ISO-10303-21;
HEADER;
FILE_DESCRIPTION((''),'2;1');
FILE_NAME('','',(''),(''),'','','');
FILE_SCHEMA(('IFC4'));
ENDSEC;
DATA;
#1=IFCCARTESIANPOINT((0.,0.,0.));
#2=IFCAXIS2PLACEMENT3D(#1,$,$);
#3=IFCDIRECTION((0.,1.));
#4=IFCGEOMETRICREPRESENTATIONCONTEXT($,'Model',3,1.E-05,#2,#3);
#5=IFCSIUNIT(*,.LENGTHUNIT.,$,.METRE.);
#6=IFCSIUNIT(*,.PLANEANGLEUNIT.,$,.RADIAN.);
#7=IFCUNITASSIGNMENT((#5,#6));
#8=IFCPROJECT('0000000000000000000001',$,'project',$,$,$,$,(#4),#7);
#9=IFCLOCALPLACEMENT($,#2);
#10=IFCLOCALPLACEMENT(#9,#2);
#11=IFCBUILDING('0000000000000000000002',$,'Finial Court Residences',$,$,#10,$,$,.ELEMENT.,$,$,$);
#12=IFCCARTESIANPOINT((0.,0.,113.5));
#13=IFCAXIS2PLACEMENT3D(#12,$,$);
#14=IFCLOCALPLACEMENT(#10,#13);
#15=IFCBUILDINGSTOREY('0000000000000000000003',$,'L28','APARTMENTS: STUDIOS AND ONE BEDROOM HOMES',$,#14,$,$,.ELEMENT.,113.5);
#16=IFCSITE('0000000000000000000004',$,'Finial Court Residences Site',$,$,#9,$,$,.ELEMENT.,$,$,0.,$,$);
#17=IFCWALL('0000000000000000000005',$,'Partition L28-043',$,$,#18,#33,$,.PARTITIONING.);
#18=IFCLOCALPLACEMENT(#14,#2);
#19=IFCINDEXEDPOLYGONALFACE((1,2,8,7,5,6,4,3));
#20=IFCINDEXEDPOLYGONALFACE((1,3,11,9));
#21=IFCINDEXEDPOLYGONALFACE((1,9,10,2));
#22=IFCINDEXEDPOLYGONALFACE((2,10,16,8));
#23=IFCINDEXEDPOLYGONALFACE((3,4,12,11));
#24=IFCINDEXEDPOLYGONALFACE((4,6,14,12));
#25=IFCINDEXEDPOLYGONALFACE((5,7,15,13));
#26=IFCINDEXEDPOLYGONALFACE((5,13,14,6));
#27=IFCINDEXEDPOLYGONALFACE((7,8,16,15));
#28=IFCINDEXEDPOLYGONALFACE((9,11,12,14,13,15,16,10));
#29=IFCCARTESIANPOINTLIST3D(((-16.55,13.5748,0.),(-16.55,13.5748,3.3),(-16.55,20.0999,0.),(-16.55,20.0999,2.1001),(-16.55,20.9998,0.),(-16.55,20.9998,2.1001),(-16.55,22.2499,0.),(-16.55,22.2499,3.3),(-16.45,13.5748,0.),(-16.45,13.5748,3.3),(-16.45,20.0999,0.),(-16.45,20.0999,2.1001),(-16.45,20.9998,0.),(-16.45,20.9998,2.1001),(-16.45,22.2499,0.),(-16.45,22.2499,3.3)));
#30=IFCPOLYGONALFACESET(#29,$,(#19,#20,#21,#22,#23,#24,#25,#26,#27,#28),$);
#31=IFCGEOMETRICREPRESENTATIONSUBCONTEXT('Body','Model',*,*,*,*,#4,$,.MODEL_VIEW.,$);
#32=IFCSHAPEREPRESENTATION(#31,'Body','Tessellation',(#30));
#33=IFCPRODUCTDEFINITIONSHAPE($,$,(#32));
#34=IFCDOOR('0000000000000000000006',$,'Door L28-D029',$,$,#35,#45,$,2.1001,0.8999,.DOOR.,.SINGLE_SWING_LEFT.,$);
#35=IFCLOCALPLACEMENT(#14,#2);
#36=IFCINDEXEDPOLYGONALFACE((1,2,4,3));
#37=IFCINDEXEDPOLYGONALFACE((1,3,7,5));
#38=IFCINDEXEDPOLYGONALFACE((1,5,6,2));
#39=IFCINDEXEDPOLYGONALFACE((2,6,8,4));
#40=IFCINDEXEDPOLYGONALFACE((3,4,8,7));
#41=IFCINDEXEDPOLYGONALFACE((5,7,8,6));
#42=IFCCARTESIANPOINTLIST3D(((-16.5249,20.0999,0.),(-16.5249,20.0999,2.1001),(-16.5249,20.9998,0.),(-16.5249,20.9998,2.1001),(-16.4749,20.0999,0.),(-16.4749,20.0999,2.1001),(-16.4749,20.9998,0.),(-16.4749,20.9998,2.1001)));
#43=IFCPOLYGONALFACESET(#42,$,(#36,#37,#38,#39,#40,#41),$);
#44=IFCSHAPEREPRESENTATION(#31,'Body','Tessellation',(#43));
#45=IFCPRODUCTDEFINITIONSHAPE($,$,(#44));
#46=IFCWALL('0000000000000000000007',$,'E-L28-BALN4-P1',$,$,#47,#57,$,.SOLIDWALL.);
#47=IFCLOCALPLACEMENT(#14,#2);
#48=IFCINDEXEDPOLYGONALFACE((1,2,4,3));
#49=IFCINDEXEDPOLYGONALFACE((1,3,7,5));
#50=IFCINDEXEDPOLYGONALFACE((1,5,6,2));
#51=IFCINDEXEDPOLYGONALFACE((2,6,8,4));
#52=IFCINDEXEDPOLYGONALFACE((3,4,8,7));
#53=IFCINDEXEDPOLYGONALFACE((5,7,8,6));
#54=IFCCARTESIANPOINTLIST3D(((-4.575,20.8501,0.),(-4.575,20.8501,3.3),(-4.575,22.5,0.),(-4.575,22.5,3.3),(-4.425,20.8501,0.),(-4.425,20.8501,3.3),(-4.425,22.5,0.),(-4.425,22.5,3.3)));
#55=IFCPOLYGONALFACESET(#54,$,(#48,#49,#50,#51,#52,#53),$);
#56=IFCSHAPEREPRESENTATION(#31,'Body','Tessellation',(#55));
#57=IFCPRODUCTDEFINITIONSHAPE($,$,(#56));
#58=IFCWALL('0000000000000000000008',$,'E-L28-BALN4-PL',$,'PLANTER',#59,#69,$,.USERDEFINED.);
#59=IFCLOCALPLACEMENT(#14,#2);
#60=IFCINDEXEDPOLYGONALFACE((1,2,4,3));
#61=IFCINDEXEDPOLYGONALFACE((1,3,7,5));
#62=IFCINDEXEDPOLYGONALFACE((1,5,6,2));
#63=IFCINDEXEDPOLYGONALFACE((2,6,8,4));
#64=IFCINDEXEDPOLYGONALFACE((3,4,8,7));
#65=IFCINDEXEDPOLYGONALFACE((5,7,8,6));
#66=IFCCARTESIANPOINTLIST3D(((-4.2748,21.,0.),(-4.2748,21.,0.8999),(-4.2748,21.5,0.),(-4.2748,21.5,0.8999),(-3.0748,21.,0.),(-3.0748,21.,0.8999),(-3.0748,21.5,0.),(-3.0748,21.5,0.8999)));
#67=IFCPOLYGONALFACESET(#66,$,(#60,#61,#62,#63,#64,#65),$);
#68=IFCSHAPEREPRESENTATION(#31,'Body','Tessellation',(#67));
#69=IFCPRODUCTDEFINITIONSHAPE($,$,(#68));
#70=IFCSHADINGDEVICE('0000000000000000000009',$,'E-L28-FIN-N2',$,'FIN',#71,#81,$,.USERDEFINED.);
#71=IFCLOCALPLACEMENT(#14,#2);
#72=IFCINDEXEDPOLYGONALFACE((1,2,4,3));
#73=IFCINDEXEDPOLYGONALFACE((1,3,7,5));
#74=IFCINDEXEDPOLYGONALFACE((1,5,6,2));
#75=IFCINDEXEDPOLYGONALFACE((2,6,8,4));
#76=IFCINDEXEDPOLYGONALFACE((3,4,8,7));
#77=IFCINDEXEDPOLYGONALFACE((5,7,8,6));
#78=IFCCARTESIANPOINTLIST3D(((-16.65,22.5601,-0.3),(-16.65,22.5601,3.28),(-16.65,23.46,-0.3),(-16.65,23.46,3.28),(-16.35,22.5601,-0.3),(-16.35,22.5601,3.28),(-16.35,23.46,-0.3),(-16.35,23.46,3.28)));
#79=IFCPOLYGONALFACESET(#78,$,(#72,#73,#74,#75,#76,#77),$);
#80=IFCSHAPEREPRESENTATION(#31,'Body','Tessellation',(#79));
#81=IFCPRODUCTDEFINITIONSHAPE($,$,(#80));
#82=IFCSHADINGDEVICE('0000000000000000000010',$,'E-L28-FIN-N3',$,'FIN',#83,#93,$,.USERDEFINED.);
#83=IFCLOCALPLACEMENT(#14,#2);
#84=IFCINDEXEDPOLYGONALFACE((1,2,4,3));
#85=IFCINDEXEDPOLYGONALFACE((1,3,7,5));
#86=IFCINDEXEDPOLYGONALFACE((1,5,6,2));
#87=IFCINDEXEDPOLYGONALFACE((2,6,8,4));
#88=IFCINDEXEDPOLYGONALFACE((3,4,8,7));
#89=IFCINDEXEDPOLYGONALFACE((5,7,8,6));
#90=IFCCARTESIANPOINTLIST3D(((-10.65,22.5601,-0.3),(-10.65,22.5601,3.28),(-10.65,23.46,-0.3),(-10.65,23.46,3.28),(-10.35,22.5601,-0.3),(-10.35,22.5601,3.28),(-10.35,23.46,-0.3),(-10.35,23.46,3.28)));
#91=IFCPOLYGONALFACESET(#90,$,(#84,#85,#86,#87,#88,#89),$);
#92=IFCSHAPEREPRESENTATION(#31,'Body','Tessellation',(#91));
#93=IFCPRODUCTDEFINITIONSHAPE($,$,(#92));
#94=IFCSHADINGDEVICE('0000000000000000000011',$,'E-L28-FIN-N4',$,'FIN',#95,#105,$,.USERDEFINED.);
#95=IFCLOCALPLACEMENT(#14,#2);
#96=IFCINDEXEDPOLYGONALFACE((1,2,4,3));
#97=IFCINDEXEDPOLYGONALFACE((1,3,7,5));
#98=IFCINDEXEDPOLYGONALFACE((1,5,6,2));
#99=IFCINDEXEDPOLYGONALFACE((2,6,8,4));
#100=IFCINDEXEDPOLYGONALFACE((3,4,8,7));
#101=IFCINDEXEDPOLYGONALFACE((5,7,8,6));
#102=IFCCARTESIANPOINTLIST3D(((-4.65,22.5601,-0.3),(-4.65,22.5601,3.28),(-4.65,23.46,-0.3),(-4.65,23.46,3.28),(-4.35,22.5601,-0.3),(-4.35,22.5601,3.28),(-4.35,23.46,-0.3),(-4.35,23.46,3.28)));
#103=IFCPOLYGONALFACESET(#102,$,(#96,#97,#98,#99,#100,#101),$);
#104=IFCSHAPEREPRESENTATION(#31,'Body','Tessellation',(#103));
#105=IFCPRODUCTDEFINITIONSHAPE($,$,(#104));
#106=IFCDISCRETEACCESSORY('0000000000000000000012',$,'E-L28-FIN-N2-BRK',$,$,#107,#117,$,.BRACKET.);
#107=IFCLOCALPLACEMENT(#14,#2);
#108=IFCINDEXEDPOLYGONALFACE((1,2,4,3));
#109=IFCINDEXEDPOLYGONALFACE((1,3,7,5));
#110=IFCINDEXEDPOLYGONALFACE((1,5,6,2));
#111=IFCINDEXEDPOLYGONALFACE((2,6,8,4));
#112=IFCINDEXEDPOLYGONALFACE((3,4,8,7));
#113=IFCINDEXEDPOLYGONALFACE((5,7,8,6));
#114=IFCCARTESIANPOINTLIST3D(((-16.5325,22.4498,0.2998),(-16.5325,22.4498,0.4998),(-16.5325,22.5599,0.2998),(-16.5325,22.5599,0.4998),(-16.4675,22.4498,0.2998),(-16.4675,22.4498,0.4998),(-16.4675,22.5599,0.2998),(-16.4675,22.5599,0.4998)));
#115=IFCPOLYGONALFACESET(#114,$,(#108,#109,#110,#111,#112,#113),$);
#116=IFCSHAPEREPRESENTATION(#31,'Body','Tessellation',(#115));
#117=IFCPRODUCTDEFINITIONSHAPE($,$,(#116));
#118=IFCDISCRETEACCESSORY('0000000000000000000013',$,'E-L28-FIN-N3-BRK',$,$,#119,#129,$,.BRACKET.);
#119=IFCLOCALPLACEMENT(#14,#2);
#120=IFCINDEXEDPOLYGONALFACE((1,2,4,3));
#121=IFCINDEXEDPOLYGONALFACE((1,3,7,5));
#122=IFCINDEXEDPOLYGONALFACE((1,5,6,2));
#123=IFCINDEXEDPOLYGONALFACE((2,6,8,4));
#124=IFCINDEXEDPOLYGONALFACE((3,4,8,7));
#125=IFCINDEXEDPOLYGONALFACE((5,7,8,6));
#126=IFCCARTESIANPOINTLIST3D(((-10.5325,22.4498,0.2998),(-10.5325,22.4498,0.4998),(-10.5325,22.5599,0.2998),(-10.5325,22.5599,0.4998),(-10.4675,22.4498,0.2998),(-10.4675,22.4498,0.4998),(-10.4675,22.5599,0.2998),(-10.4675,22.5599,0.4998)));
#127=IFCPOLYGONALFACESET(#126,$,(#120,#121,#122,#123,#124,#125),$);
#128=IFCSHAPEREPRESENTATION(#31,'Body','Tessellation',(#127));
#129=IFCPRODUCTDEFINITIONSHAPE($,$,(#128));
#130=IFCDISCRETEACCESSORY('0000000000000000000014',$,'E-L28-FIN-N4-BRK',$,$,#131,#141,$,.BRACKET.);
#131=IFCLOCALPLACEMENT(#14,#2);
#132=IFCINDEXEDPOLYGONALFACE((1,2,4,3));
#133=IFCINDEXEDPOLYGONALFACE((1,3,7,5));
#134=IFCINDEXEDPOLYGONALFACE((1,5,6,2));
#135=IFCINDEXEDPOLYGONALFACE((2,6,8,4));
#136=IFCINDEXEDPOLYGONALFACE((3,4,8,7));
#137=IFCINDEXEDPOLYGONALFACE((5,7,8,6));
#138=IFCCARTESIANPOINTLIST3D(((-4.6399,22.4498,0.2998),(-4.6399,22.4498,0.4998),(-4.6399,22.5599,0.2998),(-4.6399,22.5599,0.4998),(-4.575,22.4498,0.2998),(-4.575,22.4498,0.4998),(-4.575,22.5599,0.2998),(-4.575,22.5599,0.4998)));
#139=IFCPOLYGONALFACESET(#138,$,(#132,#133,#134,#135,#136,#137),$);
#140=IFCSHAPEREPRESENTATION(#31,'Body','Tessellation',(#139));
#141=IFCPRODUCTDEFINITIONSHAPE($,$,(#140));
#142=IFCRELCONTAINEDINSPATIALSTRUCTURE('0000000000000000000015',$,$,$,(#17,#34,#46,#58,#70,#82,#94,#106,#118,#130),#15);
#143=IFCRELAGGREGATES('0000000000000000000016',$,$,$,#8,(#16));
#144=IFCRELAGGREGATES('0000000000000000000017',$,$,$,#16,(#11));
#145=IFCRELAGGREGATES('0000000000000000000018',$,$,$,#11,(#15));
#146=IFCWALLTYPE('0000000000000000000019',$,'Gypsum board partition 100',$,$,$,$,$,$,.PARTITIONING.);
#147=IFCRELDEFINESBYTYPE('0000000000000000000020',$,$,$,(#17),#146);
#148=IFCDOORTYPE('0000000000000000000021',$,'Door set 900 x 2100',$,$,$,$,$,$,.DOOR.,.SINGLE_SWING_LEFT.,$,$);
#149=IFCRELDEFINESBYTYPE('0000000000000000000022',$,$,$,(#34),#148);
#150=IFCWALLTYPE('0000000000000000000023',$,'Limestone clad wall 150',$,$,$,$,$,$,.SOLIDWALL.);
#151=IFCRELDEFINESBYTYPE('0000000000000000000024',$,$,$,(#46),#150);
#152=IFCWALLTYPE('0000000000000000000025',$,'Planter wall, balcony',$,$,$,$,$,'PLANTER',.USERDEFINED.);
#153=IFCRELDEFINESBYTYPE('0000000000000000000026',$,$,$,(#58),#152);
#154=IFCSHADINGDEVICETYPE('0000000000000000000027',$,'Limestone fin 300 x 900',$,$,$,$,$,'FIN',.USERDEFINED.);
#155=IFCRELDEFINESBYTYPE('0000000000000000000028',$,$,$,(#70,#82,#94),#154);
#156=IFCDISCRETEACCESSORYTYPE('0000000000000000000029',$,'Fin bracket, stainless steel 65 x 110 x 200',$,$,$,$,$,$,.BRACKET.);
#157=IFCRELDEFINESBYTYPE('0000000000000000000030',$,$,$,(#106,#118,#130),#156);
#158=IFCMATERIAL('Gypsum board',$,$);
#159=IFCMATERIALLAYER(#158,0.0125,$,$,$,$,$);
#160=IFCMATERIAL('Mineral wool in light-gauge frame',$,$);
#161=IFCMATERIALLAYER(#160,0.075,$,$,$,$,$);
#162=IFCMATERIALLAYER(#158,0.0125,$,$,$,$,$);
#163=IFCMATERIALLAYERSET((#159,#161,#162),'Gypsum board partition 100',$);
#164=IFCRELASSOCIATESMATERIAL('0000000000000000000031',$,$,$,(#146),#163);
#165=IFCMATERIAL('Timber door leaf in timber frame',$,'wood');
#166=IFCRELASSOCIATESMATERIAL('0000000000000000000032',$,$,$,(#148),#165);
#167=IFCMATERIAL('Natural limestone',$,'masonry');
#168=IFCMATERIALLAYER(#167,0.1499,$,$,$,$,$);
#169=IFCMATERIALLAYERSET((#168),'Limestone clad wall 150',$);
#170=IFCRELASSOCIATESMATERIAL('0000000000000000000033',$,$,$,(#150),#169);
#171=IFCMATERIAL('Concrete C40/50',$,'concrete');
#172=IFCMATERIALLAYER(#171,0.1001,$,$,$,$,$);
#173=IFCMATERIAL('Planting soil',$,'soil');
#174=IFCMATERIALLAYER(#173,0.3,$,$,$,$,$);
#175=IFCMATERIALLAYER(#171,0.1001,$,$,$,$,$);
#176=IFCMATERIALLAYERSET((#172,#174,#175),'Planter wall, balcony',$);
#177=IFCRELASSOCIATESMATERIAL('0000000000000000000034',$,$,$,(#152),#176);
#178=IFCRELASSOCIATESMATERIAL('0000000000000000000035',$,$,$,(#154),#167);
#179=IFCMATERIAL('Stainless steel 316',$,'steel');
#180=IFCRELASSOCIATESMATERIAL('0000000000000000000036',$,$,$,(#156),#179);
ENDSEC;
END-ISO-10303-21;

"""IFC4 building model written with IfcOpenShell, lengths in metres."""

from ifc_helpers import new_model, si_unit, direction, frame, frame_2d, origin, origin_2d, place, context, subcontext, project, spatial, rectangle, extrude, material, layer, layer_set, type_object, element, fill, save


model = new_model("IFC4")

# Units and contexts
model_context = context("Model", 3, precision=1e-05, world=origin(), true_north=direction((0.0, 1.0)))
body_context = subcontext(model_context, "Body", "Model", "MODEL_VIEW")
ifc_project = project(units=[si_unit("LENGTHUNIT", "METRE"), si_unit("PLANEANGLEUNIT", "RADIAN")], contexts=[model_context])

# Site, building, storey
site_placement = place(None, origin())
site = spatial("IfcSite", under=ifc_project, at=site_placement, Name="Finial Court Residences Site", CompositionType="ELEMENT", RefElevation=0.0)
building_placement = place(site_placement, origin())
building = spatial("IfcBuilding", under=site, at=building_placement, Name="Finial Court Residences", CompositionType="ELEMENT")
storey_placement = place(building_placement, frame((0.0, 0.0, 113.5)))
storey = spatial("IfcBuildingStorey", under=building, at=storey_placement, Name="L28", Description="APARTMENTS: STUDIOS AND ONE BEDROOM HOMES", CompositionType="ELEMENT", Elevation=113.5)

# Wall, opening, door
ifc_material_1 = material(Name="Gypsum board")
ifc_layer_1 = layer(ifc_material_1, 0.0125)
ifc_material_2 = material(Name="Mineral wool in light-gauge frame")
ifc_layer_2 = layer(ifc_material_2, 0.075)
ifc_layer_3 = layer(ifc_material_1, 0.0125)
ifc_layer_set_1 = layer_set([ifc_layer_1, ifc_layer_2, ifc_layer_3], Name="Gypsum board partition 100")
wall_type_1 = type_object("IfcWallType", Name="Gypsum board partition 100", PredefinedType="PARTITIONING", material=ifc_layer_set_1)
wall_1_placement = place(storey_placement, frame((-16.5, 13.575, 0.0), z_axis=(0.0, 0.0, 1.0), x_axis=(0.0, 1.0, 0.0)))
wall_1 = element("IfcWall", 1, at=wall_1_placement, inside=storey, type_object=wall_type_1, Name="Partition L28-043", PredefinedType="PARTITIONING", context=body_context, shape_type="SweptSolid", body=[
    extrude(rectangle(XDim=8.675, YDim=0.1001, at=frame_2d((4.3374, 0.0))), origin(), (0.0, 0.0, 1.0), 3.3),
])
opening_1_placement = place(wall_1_placement, frame((6.5249, 0.0, 0.0)))
opening_1 = element("IfcOpeningElement", 2, at=opening_1_placement, cuts=wall_1, PredefinedType="OPENING", context=body_context, shape_type="SweptSolid", body=[
    extrude(rectangle(XDim=0.8999, YDim=2.1001, at=frame_2d((0.45, 1.05))), frame((0.0, 0.0601, 0.0), z_axis=(0.0, -1.0, 0.0), x_axis=(1.0, 0.0, 0.0)), (0.0, 0.0, 1.0), 0.1201),
])
ifc_material_3 = material(Name="Timber door leaf in timber frame", Category="wood")
door_type_1 = type_object("IfcDoorType", Name="Door set 900 x 2100", OperationType="SINGLE_SWING_LEFT", PredefinedType="DOOR", material=ifc_material_3)
door_1_placement = place(opening_1_placement, origin())
door_1 = element("IfcDoor", 3, at=door_1_placement, inside=storey, type_object=door_type_1, Name="Door L28-D029", OperationType="SINGLE_SWING_LEFT", OverallHeight=2.1001, OverallWidth=0.8999, PredefinedType="DOOR", context=body_context, shape_type="SweptSolid", body=[
    extrude(rectangle(XDim=0.8999, YDim=2.1001, at=frame_2d((0.45, 1.05))), frame((0.0, 0.0249, 0.0), z_axis=(0.0, -1.0, 0.0), x_axis=(1.0, 0.0, 0.0)), (0.0, 0.0, 1.0), 0.05),
])
fill(opening_1, door_1)

# Wall
ifc_material_4 = material(Name="Natural limestone", Category="masonry")
ifc_layer_4 = layer(ifc_material_4, 0.1499)
ifc_layer_set_2 = layer_set([ifc_layer_4], Name="Limestone clad wall 150")
wall_type_2 = type_object("IfcWallType", Name="Limestone clad wall 150", PredefinedType="SOLIDWALL", material=ifc_layer_set_2)
wall_2_placement = place(storey_placement, frame((-4.5, 20.8501, 0.0), z_axis=(0.0, 0.0, 1.0), x_axis=(0.0, 1.0, 0.0)))
element("IfcWall", 4, at=wall_2_placement, inside=storey, type_object=wall_type_2, Name="E-L28-BALN4-P1", PredefinedType="SOLIDWALL", context=body_context, shape_type="SweptSolid", body=[
    extrude(rectangle(XDim=1.6499, YDim=0.1499, at=frame_2d((0.825, 0.0))), origin(), (0.0, 0.0, 1.0), 3.3),
])

# Wall
ifc_material_5 = material(Name="Concrete C40/50", Category="concrete")
ifc_layer_5 = layer(ifc_material_5, 0.1001)
ifc_material_6 = material(Name="Planting soil", Category="soil")
ifc_layer_6 = layer(ifc_material_6, 0.3)
ifc_layer_7 = layer(ifc_material_5, 0.1001)
ifc_layer_set_3 = layer_set([ifc_layer_5, ifc_layer_6, ifc_layer_7], Name="Planter wall, balcony")
wall_type_3 = type_object("IfcWallType", Name="Planter wall, balcony", ElementType="PLANTER", PredefinedType="USERDEFINED", material=ifc_layer_set_3)
wall_3_placement = place(storey_placement, frame((-4.2749, 21.25, 0.0), z_axis=(0.0, 0.0, 1.0), x_axis=(1.0, 0.0, 0.0)))
element("IfcWall", 5, at=wall_3_placement, inside=storey, type_object=wall_type_3, Name="E-L28-BALN4-PL", ObjectType="PLANTER", PredefinedType="USERDEFINED", context=body_context, shape_type="SweptSolid", body=[
    extrude(rectangle(XDim=1.2, YDim=0.5, at=frame_2d((0.6001, 0.0))), origin(), (0.0, 0.0, 1.0), 0.8999),
])

# Shading devices
shading_device_type = type_object("IfcShadingDeviceType", Name="Limestone fin 300 x 900", ElementType="FIN", PredefinedType="USERDEFINED", material=ifc_material_4)
for number, where, z_axis, x_axis, name in (
    (6, (-16.5, 23.01, -0.3), (0.0, 0.0, 1.0), (1.0, 0.0, 0.0), "E-L28-FIN-N2"),
    (7, (-10.5, 23.01, -0.3), (0.0, 0.0, 1.0), (1.0, 0.0, 0.0), "E-L28-FIN-N3"),
    (8, (-4.5, 23.01, -0.3), (0.0, 0.0, 1.0), (1.0, 0.0, 0.0), "E-L28-FIN-N4"),
):
    element("IfcShadingDevice", number, at=place(storey_placement, frame(where, z_axis=z_axis, x_axis=x_axis)), inside=storey, type_object=shading_device_type, Name=name, ObjectType="FIN", PredefinedType="USERDEFINED", context=body_context, shape_type="SweptSolid", body=[
        extrude(rectangle(XDim=0.3, YDim=0.8999, at=origin_2d()), origin(), (0.0, 0.0, 1.0), 3.5801),
    ])

# Discrete accessories
ifc_material_7 = material(Name="Stainless steel 316", Category="steel")
discrete_accessory_type = type_object("IfcDiscreteAccessoryType", Name="Fin bracket, stainless steel 65 x 110 x 200", PredefinedType="BRACKET", material=ifc_material_7)
for number, where, z_axis, x_axis, name in (
    (9, (-16.5, 22.5049, 0.2998), (0.0, 0.0, 1.0), (1.0, 0.0, 0.0), "E-L28-FIN-N2-BRK"),
    (10, (-10.5, 22.5049, 0.2998), (0.0, 0.0, 1.0), (1.0, 0.0, 0.0), "E-L28-FIN-N3-BRK"),
    (11, (-4.6074, 22.5049, 0.2998), (0.0, 0.0, 1.0), (1.0, 0.0, 0.0), "E-L28-FIN-N4-BRK"),
):
    element("IfcDiscreteAccessory", number, at=place(storey_placement, frame(where, z_axis=z_axis, x_axis=x_axis)), inside=storey, type_object=discrete_accessory_type, Name=name, PredefinedType="BRACKET", context=body_context, shape_type="SweptSolid", body=[
        extrude(rectangle(XDim=0.0649, YDim=0.1101, at=origin_2d()), origin(), (0.0, 0.0, 1.0), 0.2),
    ])

save(model, "model.ifc")
